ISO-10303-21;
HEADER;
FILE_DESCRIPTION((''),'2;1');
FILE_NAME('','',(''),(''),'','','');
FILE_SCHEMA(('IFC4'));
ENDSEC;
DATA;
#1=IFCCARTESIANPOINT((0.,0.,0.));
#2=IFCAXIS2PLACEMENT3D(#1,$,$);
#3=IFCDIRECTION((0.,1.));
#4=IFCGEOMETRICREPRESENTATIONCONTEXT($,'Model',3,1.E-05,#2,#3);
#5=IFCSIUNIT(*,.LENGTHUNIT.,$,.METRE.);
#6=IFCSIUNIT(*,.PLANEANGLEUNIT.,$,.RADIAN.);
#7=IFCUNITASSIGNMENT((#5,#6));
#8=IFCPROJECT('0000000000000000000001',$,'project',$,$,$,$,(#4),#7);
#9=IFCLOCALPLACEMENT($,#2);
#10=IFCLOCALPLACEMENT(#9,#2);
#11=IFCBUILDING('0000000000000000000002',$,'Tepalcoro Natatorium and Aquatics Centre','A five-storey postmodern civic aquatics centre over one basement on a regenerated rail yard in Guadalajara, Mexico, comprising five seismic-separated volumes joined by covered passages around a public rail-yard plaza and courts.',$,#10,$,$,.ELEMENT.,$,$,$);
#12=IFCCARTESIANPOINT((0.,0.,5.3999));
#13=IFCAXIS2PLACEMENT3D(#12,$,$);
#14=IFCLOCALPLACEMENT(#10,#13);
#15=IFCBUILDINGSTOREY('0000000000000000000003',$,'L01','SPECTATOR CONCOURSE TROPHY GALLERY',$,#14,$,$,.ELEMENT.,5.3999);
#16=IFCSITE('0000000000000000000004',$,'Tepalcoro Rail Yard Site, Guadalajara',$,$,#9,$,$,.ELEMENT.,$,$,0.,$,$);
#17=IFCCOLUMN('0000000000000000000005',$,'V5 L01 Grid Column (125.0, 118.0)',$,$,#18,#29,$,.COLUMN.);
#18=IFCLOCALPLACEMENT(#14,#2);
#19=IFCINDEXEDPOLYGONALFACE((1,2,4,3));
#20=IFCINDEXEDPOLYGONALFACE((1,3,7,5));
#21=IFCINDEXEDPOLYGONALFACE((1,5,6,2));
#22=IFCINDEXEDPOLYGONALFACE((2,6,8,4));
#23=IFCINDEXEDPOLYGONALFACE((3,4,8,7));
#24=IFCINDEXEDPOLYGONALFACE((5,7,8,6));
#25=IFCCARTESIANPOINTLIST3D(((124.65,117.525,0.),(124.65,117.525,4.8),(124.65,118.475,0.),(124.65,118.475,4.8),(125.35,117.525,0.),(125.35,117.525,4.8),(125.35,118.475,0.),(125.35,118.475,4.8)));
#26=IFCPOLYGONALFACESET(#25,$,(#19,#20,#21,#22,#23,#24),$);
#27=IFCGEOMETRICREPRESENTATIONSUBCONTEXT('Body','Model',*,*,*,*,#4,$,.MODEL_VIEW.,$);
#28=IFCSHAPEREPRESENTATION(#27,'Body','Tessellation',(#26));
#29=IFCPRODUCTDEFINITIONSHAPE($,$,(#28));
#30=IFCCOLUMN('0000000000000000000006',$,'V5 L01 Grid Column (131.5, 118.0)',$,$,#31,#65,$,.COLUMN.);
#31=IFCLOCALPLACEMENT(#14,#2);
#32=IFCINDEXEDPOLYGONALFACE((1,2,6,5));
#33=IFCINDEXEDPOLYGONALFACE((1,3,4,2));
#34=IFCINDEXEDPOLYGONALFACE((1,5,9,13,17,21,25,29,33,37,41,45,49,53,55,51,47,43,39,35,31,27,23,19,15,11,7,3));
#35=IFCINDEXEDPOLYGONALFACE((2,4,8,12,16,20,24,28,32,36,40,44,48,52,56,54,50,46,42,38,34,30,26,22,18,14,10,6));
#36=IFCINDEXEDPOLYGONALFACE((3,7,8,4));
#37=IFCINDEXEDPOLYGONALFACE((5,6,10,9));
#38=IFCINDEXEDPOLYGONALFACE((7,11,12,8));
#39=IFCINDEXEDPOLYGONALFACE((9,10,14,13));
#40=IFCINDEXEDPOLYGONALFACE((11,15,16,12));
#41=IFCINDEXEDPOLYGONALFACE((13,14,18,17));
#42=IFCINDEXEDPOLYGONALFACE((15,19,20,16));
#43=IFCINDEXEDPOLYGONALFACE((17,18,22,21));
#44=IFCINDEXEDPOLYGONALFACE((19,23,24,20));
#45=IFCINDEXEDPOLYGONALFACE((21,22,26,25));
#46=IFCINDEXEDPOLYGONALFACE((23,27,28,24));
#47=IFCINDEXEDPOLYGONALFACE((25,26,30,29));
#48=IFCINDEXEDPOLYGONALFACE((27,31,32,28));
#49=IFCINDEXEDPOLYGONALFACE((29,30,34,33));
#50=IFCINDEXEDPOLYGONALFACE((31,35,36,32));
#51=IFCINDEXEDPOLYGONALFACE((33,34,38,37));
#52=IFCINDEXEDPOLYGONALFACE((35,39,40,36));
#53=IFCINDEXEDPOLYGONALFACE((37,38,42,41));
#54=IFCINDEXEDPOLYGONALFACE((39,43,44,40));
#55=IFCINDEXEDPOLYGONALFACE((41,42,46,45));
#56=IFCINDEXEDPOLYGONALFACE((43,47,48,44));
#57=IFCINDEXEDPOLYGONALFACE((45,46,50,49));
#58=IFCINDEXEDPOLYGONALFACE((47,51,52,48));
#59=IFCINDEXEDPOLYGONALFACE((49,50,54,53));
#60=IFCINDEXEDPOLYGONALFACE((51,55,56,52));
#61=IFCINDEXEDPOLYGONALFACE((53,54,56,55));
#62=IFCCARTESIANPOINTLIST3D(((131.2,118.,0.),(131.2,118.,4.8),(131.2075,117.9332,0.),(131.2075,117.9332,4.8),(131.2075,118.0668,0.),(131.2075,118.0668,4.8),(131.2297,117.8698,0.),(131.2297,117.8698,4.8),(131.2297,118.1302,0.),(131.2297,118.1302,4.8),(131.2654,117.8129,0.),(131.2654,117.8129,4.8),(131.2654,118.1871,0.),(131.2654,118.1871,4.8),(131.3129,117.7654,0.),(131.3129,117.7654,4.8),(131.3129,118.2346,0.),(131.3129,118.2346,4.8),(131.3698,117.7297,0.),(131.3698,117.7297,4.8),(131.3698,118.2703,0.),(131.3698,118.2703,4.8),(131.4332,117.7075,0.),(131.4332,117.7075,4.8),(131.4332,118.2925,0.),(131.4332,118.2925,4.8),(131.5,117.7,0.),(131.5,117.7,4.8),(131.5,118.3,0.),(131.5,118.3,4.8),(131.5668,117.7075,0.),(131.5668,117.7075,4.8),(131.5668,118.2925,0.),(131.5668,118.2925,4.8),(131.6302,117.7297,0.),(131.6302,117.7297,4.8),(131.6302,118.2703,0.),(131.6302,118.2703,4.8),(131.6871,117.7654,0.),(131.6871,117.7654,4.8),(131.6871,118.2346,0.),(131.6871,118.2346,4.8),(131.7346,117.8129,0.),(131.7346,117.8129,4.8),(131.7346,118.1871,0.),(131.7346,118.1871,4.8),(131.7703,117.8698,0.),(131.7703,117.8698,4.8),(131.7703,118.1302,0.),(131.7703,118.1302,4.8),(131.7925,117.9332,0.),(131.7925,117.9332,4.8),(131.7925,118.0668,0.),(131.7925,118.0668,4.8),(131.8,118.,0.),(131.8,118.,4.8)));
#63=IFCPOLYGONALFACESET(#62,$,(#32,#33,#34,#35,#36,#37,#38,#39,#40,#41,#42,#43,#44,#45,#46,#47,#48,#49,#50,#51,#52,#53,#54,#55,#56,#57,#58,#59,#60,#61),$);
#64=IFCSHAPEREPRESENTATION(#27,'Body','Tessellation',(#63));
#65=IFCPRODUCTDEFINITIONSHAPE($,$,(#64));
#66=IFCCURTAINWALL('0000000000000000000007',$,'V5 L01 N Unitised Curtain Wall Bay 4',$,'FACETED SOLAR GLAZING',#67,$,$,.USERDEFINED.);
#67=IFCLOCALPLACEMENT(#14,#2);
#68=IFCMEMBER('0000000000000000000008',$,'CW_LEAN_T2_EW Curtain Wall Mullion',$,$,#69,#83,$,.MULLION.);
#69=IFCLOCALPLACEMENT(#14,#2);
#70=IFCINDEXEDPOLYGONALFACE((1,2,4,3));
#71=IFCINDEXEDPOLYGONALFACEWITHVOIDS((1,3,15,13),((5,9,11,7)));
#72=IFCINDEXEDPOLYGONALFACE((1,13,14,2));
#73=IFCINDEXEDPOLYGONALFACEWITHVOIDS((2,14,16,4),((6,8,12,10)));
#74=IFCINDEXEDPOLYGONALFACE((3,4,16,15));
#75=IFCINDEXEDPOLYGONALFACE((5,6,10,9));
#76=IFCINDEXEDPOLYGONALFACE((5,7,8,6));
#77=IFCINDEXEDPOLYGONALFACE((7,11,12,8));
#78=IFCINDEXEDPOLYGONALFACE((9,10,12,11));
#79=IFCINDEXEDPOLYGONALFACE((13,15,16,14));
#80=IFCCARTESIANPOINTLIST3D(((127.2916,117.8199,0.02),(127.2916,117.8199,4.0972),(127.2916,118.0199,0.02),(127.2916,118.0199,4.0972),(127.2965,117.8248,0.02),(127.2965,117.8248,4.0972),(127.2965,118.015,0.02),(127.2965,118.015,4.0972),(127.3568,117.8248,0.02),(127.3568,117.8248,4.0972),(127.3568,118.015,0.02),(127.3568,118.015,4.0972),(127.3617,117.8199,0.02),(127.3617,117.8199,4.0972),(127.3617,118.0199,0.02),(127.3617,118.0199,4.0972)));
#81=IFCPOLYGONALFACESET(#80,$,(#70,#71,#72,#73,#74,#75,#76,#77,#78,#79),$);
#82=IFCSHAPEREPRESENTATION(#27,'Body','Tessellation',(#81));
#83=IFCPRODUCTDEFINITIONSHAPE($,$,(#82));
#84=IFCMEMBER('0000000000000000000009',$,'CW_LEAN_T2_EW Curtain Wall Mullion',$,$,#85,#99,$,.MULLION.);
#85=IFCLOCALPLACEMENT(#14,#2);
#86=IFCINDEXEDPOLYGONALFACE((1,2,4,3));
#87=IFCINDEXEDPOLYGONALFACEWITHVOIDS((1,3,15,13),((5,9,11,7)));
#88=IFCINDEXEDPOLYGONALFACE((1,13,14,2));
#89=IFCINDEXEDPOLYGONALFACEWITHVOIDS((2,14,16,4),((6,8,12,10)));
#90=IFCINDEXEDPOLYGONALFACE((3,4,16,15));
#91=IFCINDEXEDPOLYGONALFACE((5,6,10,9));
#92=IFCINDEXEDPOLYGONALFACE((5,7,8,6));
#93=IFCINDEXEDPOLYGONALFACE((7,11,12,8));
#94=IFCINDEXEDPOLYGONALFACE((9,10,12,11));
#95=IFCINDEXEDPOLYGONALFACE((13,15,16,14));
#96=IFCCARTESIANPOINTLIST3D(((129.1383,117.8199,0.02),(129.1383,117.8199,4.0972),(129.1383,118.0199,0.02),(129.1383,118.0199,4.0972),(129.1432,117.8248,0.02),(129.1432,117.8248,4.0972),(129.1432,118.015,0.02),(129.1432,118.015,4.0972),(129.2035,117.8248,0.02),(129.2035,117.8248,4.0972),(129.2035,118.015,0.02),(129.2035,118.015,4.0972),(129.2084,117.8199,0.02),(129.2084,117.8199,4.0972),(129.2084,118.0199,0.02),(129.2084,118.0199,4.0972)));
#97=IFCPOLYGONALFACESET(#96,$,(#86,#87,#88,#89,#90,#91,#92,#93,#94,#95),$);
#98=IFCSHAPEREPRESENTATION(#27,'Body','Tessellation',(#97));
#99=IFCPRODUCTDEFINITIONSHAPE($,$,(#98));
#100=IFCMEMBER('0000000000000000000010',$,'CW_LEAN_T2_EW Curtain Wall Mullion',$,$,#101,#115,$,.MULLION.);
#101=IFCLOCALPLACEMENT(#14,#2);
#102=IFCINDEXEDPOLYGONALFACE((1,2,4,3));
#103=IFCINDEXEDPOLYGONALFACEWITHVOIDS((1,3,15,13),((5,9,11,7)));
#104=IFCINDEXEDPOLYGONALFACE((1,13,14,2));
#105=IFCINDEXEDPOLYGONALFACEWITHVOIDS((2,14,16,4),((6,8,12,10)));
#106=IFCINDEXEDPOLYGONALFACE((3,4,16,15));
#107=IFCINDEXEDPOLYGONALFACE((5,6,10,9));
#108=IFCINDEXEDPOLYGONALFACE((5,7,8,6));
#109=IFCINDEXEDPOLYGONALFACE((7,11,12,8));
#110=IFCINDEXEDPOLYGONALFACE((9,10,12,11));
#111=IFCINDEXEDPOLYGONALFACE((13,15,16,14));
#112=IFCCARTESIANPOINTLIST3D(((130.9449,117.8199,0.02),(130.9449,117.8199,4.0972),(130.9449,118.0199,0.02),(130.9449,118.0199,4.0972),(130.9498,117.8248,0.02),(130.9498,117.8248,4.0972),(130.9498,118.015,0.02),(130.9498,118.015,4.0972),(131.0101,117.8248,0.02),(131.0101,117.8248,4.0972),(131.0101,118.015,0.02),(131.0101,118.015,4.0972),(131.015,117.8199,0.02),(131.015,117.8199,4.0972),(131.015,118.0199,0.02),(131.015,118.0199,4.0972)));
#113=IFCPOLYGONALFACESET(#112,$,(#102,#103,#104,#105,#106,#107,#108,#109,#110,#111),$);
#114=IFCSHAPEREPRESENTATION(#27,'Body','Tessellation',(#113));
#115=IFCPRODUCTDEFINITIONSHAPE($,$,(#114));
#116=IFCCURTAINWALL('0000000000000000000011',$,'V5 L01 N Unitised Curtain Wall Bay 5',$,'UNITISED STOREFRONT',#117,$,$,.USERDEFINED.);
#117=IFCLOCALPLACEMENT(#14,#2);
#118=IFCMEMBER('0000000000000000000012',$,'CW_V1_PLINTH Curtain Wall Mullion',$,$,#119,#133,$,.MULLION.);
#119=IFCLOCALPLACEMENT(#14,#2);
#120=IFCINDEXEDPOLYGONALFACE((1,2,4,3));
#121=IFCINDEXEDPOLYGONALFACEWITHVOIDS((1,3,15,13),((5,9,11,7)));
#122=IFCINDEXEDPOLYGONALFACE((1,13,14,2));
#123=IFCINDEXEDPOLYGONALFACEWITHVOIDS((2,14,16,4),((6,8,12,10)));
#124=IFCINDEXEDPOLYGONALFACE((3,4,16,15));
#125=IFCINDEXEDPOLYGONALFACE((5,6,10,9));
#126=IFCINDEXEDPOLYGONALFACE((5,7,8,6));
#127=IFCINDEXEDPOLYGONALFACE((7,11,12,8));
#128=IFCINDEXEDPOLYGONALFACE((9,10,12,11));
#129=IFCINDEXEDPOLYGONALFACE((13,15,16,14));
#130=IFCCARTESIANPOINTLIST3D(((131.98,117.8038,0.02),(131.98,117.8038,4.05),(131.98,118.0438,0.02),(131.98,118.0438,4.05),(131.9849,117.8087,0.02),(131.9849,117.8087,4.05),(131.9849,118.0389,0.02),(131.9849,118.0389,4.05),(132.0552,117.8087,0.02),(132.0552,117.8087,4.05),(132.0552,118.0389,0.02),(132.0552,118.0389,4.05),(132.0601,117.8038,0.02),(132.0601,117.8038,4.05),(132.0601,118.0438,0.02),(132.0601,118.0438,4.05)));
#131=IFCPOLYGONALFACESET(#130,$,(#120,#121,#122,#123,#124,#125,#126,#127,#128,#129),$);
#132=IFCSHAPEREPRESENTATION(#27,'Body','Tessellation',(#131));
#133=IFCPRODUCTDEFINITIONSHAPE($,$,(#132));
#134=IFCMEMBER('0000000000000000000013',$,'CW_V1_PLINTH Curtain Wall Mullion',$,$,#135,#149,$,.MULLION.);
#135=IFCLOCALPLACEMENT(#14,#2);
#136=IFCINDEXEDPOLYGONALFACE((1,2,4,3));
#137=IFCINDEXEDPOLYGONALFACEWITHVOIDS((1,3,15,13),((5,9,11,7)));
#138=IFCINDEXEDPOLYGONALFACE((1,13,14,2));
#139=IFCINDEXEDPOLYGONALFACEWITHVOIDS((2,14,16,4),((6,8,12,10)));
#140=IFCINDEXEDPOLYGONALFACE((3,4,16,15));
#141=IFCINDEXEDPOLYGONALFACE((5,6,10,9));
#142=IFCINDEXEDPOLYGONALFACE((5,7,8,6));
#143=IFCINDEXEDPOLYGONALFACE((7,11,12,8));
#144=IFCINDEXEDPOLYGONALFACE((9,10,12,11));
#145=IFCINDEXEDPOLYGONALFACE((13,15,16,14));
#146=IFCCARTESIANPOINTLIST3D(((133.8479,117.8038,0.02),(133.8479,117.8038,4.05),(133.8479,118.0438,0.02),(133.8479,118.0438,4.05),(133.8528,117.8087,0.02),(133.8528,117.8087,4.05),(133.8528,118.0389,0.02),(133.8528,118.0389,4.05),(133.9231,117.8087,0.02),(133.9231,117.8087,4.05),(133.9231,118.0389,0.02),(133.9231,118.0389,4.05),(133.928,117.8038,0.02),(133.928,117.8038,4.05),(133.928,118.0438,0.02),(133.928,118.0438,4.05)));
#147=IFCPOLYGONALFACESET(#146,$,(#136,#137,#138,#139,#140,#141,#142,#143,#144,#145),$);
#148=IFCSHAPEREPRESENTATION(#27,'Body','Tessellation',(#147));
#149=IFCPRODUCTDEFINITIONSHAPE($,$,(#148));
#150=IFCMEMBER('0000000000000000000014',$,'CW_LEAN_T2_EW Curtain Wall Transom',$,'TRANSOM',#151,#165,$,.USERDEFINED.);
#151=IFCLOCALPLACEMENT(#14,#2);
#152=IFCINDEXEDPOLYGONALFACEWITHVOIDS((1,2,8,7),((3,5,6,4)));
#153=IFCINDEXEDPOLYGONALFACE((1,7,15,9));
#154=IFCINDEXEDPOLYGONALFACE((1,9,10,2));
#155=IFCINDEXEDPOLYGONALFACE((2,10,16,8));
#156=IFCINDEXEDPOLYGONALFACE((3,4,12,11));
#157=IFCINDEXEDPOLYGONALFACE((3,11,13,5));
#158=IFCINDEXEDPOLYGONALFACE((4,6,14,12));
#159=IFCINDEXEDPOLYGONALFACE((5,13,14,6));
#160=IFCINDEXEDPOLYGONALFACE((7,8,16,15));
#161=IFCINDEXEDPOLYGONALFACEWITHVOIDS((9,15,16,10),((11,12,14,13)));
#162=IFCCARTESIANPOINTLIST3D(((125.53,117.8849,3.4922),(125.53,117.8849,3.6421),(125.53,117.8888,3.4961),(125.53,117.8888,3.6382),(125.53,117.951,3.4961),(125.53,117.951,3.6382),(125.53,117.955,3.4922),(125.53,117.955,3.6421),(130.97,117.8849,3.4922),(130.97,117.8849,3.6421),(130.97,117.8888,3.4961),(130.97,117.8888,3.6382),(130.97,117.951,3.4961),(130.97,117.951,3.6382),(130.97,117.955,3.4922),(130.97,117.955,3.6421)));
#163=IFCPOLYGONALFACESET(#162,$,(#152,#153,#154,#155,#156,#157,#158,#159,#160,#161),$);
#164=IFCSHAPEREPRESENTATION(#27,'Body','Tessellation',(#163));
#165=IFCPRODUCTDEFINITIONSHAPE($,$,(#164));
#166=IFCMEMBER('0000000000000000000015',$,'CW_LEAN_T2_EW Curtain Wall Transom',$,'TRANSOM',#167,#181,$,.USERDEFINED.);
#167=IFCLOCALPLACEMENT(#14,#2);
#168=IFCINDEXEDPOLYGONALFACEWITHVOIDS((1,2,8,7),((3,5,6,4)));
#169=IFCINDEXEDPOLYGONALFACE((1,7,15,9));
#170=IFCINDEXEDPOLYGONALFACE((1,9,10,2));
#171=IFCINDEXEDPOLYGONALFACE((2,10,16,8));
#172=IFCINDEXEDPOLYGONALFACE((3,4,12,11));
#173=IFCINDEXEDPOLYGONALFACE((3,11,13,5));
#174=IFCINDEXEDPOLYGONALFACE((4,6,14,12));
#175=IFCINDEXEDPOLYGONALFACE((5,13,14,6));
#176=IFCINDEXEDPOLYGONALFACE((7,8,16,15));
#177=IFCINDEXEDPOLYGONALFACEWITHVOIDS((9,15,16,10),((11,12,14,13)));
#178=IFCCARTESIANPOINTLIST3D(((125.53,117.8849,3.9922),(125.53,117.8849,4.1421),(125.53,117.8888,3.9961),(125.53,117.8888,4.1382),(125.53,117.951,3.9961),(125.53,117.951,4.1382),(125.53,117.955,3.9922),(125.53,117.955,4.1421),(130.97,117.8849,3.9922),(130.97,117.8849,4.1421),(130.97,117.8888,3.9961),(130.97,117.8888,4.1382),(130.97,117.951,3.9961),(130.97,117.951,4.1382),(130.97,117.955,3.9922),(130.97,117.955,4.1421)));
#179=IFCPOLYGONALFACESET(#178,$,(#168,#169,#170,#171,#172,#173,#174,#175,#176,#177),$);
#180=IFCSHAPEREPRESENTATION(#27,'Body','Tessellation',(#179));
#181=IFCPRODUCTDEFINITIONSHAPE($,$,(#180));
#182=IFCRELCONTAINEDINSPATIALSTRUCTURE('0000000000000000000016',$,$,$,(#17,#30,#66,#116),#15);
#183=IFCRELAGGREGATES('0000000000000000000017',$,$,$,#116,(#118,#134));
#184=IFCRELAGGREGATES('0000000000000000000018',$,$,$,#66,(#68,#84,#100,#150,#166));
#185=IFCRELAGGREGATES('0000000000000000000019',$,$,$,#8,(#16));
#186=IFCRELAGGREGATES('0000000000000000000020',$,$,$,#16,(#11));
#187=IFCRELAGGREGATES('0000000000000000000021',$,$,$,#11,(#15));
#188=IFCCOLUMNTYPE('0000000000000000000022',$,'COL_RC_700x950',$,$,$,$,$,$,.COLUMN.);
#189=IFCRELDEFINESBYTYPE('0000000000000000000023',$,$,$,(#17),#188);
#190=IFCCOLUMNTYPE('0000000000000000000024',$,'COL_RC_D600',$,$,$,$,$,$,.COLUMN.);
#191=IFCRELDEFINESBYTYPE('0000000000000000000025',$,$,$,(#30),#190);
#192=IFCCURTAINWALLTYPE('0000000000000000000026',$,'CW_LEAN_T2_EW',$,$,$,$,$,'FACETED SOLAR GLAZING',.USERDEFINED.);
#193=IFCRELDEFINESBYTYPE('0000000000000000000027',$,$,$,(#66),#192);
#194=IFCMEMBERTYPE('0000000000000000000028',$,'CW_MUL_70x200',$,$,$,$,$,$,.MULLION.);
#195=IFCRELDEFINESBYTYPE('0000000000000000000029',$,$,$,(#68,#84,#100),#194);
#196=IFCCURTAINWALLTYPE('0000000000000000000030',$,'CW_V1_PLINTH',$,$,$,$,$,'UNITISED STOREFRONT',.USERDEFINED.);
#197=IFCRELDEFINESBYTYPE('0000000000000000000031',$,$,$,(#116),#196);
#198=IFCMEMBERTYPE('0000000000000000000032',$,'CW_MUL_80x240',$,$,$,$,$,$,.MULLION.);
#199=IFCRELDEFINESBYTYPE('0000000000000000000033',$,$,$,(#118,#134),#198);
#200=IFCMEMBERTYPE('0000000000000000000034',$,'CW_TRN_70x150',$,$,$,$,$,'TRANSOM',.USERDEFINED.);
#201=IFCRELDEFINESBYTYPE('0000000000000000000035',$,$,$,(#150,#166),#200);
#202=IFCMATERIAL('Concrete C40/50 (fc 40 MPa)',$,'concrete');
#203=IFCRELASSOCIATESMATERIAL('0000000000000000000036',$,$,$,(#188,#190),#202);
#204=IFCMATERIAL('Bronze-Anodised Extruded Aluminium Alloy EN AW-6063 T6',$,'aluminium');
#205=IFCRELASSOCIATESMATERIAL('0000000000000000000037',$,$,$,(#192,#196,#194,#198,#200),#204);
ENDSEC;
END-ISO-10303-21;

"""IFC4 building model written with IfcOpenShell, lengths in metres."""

from ifc_helpers import new_model, si_unit, direction, frame, origin, origin_2d, place, context, subcontext, project, spatial, rectangle, hollow_rectangle, circle, extrude, material, material_profile, profile_set, type_object, element, aggregate, save


model = new_model("IFC4")

# Units and contexts
model_context = context("Model", 3, precision=1e-05, world=origin(), true_north=direction((0.0, 1.0)))
body_context = subcontext(model_context, "Body", "Model", "MODEL_VIEW")
ifc_project = project(units=[si_unit("LENGTHUNIT", "METRE"), si_unit("PLANEANGLEUNIT", "RADIAN")], contexts=[model_context])

# Site, building, storey
site_placement = place(None, origin())
site = spatial("IfcSite", under=ifc_project, at=site_placement, Name="Tepalcoro Rail Yard Site, Guadalajara", CompositionType="ELEMENT", RefElevation=0.0)
building_placement = place(site_placement, origin())
building = spatial("IfcBuilding", under=site, at=building_placement, Name="Tepalcoro Natatorium and Aquatics Centre", Description="A five-storey postmodern civic aquatics centre over one basement on a regenerated rail yard in Guadalajara, Mexico, comprising five seismic-separated volumes joined by covered passages around a public rail-yard plaza and courts.", CompositionType="ELEMENT")
storey_placement = place(building_placement, frame((0.0, 0.0, 5.3999)))
storey = spatial("IfcBuildingStorey", under=building, at=storey_placement, Name="L01", Description="SPECTATOR CONCOURSE TROPHY GALLERY", CompositionType="ELEMENT", Elevation=5.3999)

# Columns
ifc_material_1 = material(Name="Concrete C40/50 (fc 40 MPa)", Category="concrete")
ifc_material_profile_1 = material_profile(ifc_material_1, rectangle(XDim=0.7, YDim=0.95, at=origin_2d()), Name="RC700x950")
ifc_profile_set_1 = profile_set([ifc_material_profile_1], Name="Concrete C40/50 (fc 40 MPa)")
column_type_1 = type_object("IfcColumnType", Name="COL_RC_700x950", PredefinedType="COLUMN", material=ifc_profile_set_1)
column_1_placement = place(storey_placement, frame((125.0, 118.0, 0.0), z_axis=(0.0, 0.0, 1.0), x_axis=(1.0, 0.0, 0.0)))
element("IfcColumn", 1, at=column_1_placement, inside=storey, type_object=column_type_1, Name="V5 L01 Grid Column (125.0, 118.0)", PredefinedType="COLUMN", context=body_context, shape_type="SweptSolid", body=[
    extrude(rectangle(XDim=0.7, YDim=0.95, at=origin_2d()), origin(), (0.0, 0.0, 1.0), 4.8),
])
ifc_material_profile_2 = material_profile(ifc_material_1, circle(Radius=0.3, at=origin_2d()), Name="RCD600")
ifc_profile_set_2 = profile_set([ifc_material_profile_2], Name="Concrete C40/50 (fc 40 MPa)")
column_type_2 = type_object("IfcColumnType", Name="COL_RC_D600", PredefinedType="COLUMN", material=ifc_profile_set_2)
column_2_placement = place(storey_placement, frame((131.5, 118.0, 0.0), z_axis=(0.0, 0.0, 1.0), x_axis=(1.0, 0.0, 0.0)))
element("IfcColumn", 2, at=column_2_placement, inside=storey, type_object=column_type_2, Name="V5 L01 Grid Column (131.5, 118.0)", PredefinedType="COLUMN", context=body_context, shape_type="SweptSolid", body=[
    extrude(circle(Radius=0.3, at=origin_2d()), origin(), (0.0, 0.0, 1.0), 4.8),
])

# Curtain walls, members
ifc_material_2 = material(Name="Bronze-Anodised Extruded Aluminium Alloy EN AW-6063 T6", Category="aluminium")
curtain_wall_type_1 = type_object("IfcCurtainWallType", Name="CW_LEAN_T2_EW", ElementType="FACETED SOLAR GLAZING", PredefinedType="USERDEFINED", material=ifc_material_2)
curtain_wall_1_placement = place(storey_placement, origin())
curtain_wall_1 = element("IfcCurtainWall", 3, at=curtain_wall_1_placement, inside=storey, type_object=curtain_wall_type_1, Name="V5 L01 N Unitised Curtain Wall Bay 4", ObjectType="FACETED SOLAR GLAZING", PredefinedType="USERDEFINED")
ifc_material_profile_3 = material_profile(ifc_material_2, hollow_rectangle(XDim=0.0701, YDim=0.2, WallThickness=0.0049, at=origin_2d()), Name="AL70X200X5")
ifc_profile_set_3 = profile_set([ifc_material_profile_3], Name="Bronze-Anodised Extruded Aluminium Alloy EN AW-6063 T6")
member_type_1 = type_object("IfcMemberType", Name="CW_MUL_70x200", PredefinedType="MULLION", material=ifc_profile_set_3)
member_1_placement = place(storey_placement, frame((127.3267, 117.9199, 0.02), z_axis=(0.0, 0.0, 1.0), x_axis=(1.0, 0.0, 0.0)))
member_1 = element("IfcMember", 4, at=member_1_placement, type_object=member_type_1, Name="CW_LEAN_T2_EW Curtain Wall Mullion", PredefinedType="MULLION", context=body_context, shape_type="SweptSolid", body=[
    extrude(hollow_rectangle(XDim=0.0701, YDim=0.2, WallThickness=0.0049, at=origin_2d()), origin(), (0.0, 0.0, 1.0), 4.0771),
])
member_2_placement = place(storey_placement, frame((129.1733, 117.9199, 0.02), z_axis=(0.0, 0.0, 1.0), x_axis=(1.0, 0.0, 0.0)))
member_2 = element("IfcMember", 5, at=member_2_placement, type_object=member_type_1, Name="CW_LEAN_T2_EW Curtain Wall Mullion", PredefinedType="MULLION", context=body_context, shape_type="SweptSolid", body=[
    extrude(hollow_rectangle(XDim=0.0701, YDim=0.2, WallThickness=0.0049, at=origin_2d()), origin(), (0.0, 0.0, 1.0), 4.0771),
])
member_3_placement = place(storey_placement, frame((130.98, 117.9199, 0.02), z_axis=(0.0, 0.0, 1.0), x_axis=(1.0, 0.0, 0.0)))
member_3 = element("IfcMember", 6, at=member_3_placement, type_object=member_type_1, Name="CW_LEAN_T2_EW Curtain Wall Mullion", PredefinedType="MULLION", context=body_context, shape_type="SweptSolid", body=[
    extrude(hollow_rectangle(XDim=0.0701, YDim=0.2, WallThickness=0.0049, at=origin_2d()), origin(), (0.0, 0.0, 1.0), 4.0771),
])
curtain_wall_type_2 = type_object("IfcCurtainWallType", Name="CW_V1_PLINTH", ElementType="UNITISED STOREFRONT", PredefinedType="USERDEFINED", material=ifc_material_2)
curtain_wall_2_placement = place(storey_placement, origin())
curtain_wall_2 = element("IfcCurtainWall", 7, at=curtain_wall_2_placement, inside=storey, type_object=curtain_wall_type_2, Name="V5 L01 N Unitised Curtain Wall Bay 5", ObjectType="UNITISED STOREFRONT", PredefinedType="USERDEFINED")
ifc_material_profile_4 = material_profile(ifc_material_2, hollow_rectangle(XDim=0.0801, YDim=0.24, WallThickness=0.0049, at=origin_2d()), Name="AL80X240X5")
ifc_profile_set_4 = profile_set([ifc_material_profile_4], Name="Bronze-Anodised Extruded Aluminium Alloy EN AW-6063 T6")
member_type_2 = type_object("IfcMemberType", Name="CW_MUL_80x240", PredefinedType="MULLION", material=ifc_profile_set_4)
member_4_placement = place(storey_placement, frame((132.02, 117.9238, 0.02), z_axis=(0.0, 0.0, 1.0), x_axis=(1.0, 0.0, 0.0)))
member_4 = element("IfcMember", 8, at=member_4_placement, type_object=member_type_2, Name="CW_V1_PLINTH Curtain Wall Mullion", PredefinedType="MULLION", context=body_context, shape_type="SweptSolid", body=[
    extrude(hollow_rectangle(XDim=0.0801, YDim=0.24, WallThickness=0.0049, at=origin_2d()), origin(), (0.0, 0.0, 1.0), 4.03),
])
member_5_placement = place(storey_placement, frame((133.8879, 117.9238, 0.02), z_axis=(0.0, 0.0, 1.0), x_axis=(1.0, 0.0, 0.0)))
member_5 = element("IfcMember", 9, at=member_5_placement, type_object=member_type_2, Name="CW_V1_PLINTH Curtain Wall Mullion", PredefinedType="MULLION", context=body_context, shape_type="SweptSolid", body=[
    extrude(hollow_rectangle(XDim=0.0801, YDim=0.24, WallThickness=0.0049, at=origin_2d()), origin(), (0.0, 0.0, 1.0), 4.03),
])

# Members
ifc_material_profile_5 = material_profile(ifc_material_2, hollow_rectangle(XDim=0.0701, YDim=0.1499, WallThickness=0.0039, at=origin_2d()), Name="AL70X150X4")
ifc_profile_set_5 = profile_set([ifc_material_profile_5], Name="Bronze-Anodised Extruded Aluminium Alloy EN AW-6063 T6")
member_type_3 = type_object("IfcMemberType", Name="CW_TRN_70x150", ElementType="TRANSOM", PredefinedType="USERDEFINED", material=ifc_profile_set_5)
member_6_placement = place(storey_placement, frame((125.53, 117.9199, 3.5671), z_axis=(1.0, 0.0, 0.0), x_axis=(0.0, 1.0, 0.0)))
member_6 = element("IfcMember", 10, at=member_6_placement, type_object=member_type_3, Name="CW_LEAN_T2_EW Curtain Wall Transom", ObjectType="TRANSOM", PredefinedType="USERDEFINED", context=body_context, shape_type="SweptSolid", body=[
    extrude(hollow_rectangle(XDim=0.0701, YDim=0.1499, WallThickness=0.0039, at=origin_2d()), origin(), (0.0, 0.0, 1.0), 5.4399),
])
member_7_placement = place(storey_placement, frame((125.53, 117.9199, 4.0671), z_axis=(1.0, 0.0, 0.0), x_axis=(0.0, 1.0, 0.0)))
member_7 = element("IfcMember", 11, at=member_7_placement, type_object=member_type_3, Name="CW_LEAN_T2_EW Curtain Wall Transom", ObjectType="TRANSOM", PredefinedType="USERDEFINED", context=body_context, shape_type="SweptSolid", body=[
    extrude(hollow_rectangle(XDim=0.0701, YDim=0.1499, WallThickness=0.0039, at=origin_2d()), origin(), (0.0, 0.0, 1.0), 5.4399),
])

aggregate(curtain_wall_2, [member_4, member_5])
aggregate(curtain_wall_1, [member_1, member_2, member_3, member_6, member_7])

save(model, "model.ifc")
